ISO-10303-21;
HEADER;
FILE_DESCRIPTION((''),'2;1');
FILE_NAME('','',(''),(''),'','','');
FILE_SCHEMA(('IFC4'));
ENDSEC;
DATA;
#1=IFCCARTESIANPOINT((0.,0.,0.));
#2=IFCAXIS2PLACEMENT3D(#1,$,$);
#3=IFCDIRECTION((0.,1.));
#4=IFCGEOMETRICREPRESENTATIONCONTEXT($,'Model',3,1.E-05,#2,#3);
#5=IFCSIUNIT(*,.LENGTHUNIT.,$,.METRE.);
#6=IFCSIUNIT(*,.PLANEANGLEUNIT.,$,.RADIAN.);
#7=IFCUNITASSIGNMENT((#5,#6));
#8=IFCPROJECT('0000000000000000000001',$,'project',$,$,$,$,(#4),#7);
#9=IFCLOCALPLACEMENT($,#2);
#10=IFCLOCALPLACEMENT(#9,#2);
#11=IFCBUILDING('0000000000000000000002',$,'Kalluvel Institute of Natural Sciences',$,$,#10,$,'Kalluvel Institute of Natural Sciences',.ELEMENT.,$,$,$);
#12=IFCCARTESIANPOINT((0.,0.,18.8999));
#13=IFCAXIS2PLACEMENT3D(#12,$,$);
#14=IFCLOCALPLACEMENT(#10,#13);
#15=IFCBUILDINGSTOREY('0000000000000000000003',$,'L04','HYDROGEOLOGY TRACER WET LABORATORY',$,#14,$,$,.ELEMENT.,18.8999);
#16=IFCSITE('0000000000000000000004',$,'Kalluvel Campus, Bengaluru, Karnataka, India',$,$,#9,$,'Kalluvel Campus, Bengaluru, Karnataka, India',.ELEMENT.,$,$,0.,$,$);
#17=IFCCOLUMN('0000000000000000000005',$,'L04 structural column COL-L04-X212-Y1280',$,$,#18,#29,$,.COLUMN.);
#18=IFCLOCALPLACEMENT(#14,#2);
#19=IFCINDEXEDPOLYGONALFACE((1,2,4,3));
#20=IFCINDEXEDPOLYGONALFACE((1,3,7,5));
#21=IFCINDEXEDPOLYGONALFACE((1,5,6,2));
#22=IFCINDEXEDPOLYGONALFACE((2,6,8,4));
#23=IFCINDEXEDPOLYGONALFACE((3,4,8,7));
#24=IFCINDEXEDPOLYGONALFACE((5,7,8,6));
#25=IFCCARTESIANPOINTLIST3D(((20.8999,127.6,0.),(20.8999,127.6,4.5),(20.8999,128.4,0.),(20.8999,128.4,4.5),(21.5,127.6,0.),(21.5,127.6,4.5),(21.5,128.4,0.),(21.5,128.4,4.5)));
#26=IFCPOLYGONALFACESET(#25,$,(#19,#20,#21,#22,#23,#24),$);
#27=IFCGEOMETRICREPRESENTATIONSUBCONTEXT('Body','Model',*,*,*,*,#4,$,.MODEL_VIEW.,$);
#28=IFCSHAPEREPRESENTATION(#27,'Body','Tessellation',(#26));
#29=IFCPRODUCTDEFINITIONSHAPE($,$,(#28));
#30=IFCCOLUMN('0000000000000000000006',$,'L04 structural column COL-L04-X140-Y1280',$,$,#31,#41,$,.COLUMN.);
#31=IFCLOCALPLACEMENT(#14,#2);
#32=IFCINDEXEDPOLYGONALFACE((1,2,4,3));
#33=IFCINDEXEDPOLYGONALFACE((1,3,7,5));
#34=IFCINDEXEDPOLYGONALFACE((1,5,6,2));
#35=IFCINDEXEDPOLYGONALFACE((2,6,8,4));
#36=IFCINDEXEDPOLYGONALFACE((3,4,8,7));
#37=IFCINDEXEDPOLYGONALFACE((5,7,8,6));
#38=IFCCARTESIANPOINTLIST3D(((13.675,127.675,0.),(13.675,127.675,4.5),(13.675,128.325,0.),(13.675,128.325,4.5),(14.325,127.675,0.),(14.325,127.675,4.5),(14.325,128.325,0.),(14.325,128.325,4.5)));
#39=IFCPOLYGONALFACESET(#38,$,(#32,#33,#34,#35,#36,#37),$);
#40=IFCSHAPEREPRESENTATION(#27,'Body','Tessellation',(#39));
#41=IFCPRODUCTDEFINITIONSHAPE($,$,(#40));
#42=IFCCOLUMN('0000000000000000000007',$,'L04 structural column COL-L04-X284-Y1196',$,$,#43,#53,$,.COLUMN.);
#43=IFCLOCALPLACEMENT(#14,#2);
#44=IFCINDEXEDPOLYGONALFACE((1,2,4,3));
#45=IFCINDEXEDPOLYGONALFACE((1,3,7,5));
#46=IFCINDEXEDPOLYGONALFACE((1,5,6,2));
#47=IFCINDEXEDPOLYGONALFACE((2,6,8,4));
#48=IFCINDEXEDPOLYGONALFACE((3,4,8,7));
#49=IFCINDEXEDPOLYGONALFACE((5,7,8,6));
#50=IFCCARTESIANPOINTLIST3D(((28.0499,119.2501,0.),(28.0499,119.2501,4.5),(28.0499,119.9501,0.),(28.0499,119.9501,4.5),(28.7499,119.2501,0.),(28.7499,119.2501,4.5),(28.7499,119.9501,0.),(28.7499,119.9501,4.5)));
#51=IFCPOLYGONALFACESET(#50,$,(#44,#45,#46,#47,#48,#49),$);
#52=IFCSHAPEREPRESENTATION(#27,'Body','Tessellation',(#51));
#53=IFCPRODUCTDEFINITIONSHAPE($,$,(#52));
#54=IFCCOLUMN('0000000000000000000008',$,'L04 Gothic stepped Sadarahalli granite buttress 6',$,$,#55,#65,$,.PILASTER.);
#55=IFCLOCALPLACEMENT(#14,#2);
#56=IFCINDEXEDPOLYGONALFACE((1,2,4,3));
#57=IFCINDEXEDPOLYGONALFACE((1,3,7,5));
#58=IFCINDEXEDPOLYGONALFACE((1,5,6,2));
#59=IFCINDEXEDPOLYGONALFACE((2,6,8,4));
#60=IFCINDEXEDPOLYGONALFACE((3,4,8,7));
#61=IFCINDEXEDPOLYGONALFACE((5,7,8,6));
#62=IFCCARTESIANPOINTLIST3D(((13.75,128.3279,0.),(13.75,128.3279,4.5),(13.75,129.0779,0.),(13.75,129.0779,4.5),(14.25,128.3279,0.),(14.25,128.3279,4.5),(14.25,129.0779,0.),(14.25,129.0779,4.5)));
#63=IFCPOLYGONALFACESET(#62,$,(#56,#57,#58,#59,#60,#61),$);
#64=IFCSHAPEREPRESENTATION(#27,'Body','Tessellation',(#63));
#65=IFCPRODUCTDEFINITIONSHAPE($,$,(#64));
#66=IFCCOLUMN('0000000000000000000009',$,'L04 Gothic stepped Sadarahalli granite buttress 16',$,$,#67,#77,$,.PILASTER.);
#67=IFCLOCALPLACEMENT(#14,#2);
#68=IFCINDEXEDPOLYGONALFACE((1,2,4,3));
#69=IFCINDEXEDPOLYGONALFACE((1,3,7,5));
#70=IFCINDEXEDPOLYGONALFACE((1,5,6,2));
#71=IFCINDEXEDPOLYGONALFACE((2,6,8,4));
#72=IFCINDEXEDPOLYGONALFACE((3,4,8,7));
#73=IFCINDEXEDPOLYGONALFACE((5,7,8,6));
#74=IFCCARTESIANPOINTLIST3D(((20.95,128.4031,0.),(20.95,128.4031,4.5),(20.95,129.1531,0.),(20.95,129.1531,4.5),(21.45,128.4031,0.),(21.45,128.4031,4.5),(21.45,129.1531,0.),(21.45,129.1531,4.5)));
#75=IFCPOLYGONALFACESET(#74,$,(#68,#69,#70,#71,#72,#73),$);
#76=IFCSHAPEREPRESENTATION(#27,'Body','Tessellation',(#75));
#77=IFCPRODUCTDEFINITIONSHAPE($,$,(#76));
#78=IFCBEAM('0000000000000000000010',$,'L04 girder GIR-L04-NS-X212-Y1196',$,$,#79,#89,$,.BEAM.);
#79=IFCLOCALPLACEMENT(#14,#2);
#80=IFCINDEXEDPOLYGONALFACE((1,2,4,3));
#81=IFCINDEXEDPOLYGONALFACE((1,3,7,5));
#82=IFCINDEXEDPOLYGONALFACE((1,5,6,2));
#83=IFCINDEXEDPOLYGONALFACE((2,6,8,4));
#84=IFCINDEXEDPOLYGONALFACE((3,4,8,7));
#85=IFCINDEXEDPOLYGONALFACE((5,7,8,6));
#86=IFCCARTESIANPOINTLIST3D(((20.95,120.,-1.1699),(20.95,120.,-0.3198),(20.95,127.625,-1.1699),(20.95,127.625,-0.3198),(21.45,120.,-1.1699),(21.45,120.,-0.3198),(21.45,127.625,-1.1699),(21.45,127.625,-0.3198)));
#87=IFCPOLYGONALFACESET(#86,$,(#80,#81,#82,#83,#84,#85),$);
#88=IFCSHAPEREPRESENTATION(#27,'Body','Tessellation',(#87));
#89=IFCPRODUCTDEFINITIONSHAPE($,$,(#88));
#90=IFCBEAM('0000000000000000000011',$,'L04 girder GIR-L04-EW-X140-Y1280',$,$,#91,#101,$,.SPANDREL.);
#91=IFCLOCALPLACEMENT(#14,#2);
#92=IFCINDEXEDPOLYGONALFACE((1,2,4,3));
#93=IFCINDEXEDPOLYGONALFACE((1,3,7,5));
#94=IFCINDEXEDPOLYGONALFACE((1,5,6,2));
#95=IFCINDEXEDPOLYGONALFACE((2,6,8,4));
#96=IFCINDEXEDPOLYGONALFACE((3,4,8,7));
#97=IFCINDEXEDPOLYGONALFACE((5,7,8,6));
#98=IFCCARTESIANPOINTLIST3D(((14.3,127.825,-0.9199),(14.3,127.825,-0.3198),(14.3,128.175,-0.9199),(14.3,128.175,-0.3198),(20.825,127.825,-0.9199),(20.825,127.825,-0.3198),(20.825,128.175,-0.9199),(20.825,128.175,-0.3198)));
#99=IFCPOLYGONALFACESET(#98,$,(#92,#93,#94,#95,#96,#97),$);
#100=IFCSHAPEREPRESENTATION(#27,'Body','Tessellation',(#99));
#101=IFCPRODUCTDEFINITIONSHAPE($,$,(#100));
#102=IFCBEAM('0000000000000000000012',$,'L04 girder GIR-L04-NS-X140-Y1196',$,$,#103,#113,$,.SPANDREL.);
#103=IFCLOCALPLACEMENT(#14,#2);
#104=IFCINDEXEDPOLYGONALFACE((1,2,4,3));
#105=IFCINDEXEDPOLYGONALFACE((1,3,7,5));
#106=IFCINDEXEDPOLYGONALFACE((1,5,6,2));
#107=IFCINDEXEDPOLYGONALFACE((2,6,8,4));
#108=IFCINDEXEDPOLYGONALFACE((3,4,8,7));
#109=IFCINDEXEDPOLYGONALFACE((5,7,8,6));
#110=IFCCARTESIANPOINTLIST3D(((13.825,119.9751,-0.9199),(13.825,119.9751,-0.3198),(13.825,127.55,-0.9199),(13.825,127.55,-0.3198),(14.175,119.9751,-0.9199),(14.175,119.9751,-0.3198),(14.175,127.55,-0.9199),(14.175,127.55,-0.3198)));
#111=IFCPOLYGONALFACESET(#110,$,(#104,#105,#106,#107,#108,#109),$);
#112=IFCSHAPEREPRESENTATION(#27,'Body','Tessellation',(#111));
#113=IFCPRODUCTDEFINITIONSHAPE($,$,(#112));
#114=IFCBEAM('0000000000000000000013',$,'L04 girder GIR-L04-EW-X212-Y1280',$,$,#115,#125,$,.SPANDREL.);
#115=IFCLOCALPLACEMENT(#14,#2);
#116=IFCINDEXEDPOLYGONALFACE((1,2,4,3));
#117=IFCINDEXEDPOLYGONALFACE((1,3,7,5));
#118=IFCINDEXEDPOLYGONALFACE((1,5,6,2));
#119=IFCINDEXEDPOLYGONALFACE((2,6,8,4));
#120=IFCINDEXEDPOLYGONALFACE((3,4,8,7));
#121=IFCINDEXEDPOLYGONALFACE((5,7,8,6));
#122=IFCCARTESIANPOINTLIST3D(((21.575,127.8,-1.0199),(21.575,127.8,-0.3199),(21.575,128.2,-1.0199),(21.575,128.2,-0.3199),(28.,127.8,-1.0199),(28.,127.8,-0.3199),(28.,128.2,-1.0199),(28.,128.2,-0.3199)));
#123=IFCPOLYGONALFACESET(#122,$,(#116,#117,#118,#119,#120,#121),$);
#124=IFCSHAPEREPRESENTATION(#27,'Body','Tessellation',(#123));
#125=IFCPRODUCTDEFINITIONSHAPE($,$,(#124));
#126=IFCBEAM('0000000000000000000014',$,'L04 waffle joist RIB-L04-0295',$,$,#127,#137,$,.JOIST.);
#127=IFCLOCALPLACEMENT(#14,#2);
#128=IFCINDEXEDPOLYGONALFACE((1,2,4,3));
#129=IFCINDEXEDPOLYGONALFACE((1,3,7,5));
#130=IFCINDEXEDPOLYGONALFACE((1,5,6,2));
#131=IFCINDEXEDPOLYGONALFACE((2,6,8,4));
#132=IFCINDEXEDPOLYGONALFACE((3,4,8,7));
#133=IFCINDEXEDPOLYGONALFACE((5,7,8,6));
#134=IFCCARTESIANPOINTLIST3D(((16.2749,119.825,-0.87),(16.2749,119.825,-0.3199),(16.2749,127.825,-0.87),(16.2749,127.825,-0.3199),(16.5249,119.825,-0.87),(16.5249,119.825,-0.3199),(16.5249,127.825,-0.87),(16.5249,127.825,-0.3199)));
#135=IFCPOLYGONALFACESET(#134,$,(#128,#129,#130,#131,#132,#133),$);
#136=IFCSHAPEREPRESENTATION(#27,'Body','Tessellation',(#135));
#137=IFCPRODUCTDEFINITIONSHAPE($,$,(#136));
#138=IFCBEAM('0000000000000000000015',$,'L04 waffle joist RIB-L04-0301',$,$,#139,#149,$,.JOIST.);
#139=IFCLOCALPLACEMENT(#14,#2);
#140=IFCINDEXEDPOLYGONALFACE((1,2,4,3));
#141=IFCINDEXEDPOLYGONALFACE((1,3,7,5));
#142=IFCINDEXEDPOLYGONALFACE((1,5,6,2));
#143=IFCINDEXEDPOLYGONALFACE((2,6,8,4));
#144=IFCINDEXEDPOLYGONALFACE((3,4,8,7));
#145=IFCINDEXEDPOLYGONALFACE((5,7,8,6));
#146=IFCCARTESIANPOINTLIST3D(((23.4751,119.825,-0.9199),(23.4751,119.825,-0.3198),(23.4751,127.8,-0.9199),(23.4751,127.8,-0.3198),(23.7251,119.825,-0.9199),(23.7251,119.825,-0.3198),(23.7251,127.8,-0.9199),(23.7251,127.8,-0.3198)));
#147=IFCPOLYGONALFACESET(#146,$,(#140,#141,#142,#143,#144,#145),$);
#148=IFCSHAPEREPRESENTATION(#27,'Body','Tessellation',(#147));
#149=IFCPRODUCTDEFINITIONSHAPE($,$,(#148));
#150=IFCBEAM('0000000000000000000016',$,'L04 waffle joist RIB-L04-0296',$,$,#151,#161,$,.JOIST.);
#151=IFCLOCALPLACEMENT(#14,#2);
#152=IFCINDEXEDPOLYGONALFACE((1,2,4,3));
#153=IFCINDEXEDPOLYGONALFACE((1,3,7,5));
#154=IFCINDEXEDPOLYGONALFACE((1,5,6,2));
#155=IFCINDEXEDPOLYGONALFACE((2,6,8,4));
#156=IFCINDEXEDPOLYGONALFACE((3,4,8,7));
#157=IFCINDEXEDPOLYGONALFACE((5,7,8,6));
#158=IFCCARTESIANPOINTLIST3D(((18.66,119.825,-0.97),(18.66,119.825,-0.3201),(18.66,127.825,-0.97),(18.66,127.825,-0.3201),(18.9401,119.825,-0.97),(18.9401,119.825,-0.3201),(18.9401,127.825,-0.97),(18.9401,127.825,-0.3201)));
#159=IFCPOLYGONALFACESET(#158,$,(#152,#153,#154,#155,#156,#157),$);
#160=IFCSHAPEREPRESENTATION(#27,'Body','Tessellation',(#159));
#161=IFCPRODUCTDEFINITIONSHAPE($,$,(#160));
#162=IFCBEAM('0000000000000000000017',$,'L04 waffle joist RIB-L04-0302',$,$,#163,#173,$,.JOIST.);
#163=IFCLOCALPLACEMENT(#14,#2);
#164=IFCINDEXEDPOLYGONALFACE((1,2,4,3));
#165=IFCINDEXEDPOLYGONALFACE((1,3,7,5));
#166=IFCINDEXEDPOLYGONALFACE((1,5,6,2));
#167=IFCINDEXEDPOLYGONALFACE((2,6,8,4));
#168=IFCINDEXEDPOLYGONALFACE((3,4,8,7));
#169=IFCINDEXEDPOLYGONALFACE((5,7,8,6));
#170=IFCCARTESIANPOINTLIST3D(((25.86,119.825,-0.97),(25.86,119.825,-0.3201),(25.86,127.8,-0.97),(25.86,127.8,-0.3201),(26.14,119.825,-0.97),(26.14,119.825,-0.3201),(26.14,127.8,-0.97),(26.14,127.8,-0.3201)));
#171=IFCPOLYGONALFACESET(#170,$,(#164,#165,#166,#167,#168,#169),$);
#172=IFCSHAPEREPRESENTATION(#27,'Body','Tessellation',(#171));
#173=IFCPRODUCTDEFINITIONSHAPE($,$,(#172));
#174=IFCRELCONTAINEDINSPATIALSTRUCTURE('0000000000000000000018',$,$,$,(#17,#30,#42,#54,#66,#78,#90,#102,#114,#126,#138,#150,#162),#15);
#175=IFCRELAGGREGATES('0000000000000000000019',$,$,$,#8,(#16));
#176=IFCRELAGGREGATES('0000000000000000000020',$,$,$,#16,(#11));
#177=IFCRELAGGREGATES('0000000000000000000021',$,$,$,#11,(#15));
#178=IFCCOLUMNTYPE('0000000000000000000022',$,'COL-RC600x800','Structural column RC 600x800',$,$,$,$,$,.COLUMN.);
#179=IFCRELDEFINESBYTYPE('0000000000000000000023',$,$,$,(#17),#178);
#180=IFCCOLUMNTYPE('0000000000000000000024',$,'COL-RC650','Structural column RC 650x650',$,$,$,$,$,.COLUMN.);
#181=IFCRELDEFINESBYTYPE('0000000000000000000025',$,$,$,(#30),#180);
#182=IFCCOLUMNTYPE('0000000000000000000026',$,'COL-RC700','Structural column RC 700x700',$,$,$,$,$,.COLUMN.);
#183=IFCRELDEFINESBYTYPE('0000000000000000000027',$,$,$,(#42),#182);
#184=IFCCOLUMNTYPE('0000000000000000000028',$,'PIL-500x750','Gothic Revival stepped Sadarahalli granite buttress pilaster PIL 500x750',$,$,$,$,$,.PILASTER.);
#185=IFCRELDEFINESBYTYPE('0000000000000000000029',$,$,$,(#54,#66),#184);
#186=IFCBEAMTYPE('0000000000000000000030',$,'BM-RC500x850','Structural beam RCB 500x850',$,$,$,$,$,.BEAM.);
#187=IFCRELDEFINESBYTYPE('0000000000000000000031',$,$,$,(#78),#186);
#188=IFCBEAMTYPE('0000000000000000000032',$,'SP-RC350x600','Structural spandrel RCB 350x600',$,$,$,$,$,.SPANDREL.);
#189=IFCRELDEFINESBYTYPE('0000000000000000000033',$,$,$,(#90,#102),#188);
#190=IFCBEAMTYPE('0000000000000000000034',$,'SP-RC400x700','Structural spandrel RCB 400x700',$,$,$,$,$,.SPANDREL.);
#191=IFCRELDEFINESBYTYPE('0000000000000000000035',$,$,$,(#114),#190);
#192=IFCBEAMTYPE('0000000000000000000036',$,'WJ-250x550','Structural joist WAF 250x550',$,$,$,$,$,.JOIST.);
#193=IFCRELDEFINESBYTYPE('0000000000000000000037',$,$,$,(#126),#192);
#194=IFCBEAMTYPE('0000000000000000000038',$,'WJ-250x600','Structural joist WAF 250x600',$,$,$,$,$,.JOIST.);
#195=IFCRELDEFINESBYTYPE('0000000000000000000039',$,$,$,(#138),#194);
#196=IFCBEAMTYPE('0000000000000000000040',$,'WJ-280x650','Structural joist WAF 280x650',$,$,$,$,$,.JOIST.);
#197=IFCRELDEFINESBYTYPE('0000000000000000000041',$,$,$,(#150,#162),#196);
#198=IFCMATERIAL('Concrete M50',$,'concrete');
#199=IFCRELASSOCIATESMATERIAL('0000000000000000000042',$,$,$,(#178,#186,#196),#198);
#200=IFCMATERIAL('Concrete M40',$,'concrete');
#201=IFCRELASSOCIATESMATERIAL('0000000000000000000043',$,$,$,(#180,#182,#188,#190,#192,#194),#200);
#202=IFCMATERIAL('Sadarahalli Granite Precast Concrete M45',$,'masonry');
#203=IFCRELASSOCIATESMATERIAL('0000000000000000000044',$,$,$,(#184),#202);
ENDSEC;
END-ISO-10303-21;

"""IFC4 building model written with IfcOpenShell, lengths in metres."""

from ifc_helpers import new_model, si_unit, direction, frame, origin, origin_2d, place, context, subcontext, project, spatial, rectangle, extrude, material, material_profile, profile_set, type_object, element, save


model = new_model("IFC4")

# Units and contexts
model_context = context("Model", 3, precision=1e-05, world=origin(), true_north=direction((0.0, 1.0)))
body_context = subcontext(model_context, "Body", "Model", "MODEL_VIEW")
ifc_project = project(units=[si_unit("LENGTHUNIT", "METRE"), si_unit("PLANEANGLEUNIT", "RADIAN")], contexts=[model_context])

# Site, building, storey
site_placement = place(None, origin())
site = spatial("IfcSite", under=ifc_project, at=site_placement, Name="Kalluvel Campus, Bengaluru, Karnataka, India", LongName="Kalluvel Campus, Bengaluru, Karnataka, India", CompositionType="ELEMENT", RefElevation=0.0)
building_placement = place(site_placement, origin())
building = spatial("IfcBuilding", under=site, at=building_placement, Name="Kalluvel Institute of Natural Sciences", LongName="Kalluvel Institute of Natural Sciences", CompositionType="ELEMENT")
storey_placement = place(building_placement, frame((0.0, 0.0, 18.8999)))
storey = spatial("IfcBuildingStorey", under=building, at=storey_placement, Name="L04", Description="HYDROGEOLOGY TRACER WET LABORATORY", CompositionType="ELEMENT", Elevation=18.8999)

# Columns
ifc_material_1 = material(Name="Concrete M50", Category="concrete")
ifc_material_profile_1 = material_profile(ifc_material_1, rectangle(XDim=0.6001, YDim=0.8, at=origin_2d()), Name="RC 600x800")
ifc_profile_set_1 = profile_set([ifc_material_profile_1], Name="Concrete M50")
column_type_1 = type_object("IfcColumnType", Name="COL-RC600x800", Description="Structural column RC 600x800", PredefinedType="COLUMN", material=ifc_profile_set_1)
column_1_placement = place(storey_placement, frame((21.2, 128.0, 0.0), z_axis=(0.0, 0.0, 1.0), x_axis=(1.0, 0.0, 0.0)))
element("IfcColumn", 1, at=column_1_placement, inside=storey, type_object=column_type_1, Name="L04 structural column COL-L04-X212-Y1280", PredefinedType="COLUMN", context=body_context, shape_type="SweptSolid", body=[
    extrude(rectangle(XDim=0.6001, YDim=0.8, at=origin_2d()), origin(), (0.0, 0.0, 1.0), 4.5),
])
ifc_material_2 = material(Name="Concrete M40", Category="concrete")
ifc_material_profile_2 = material_profile(ifc_material_2, rectangle(XDim=0.6499, YDim=0.6499, at=origin_2d()), Name="RC 650x650")
ifc_profile_set_2 = profile_set([ifc_material_profile_2], Name="Concrete M40")
column_type_2 = type_object("IfcColumnType", Name="COL-RC650", Description="Structural column RC 650x650", PredefinedType="COLUMN", material=ifc_profile_set_2)
column_2_placement = place(storey_placement, frame((14.0, 128.0, 0.0), z_axis=(0.0, 0.0, 1.0), x_axis=(1.0, 0.0, 0.0)))
element("IfcColumn", 2, at=column_2_placement, inside=storey, type_object=column_type_2, Name="L04 structural column COL-L04-X140-Y1280", PredefinedType="COLUMN", context=body_context, shape_type="SweptSolid", body=[
    extrude(rectangle(XDim=0.6499, YDim=0.6499, at=origin_2d()), origin(), (0.0, 0.0, 1.0), 4.5),
])
ifc_material_profile_3 = material_profile(ifc_material_2, rectangle(XDim=0.7, YDim=0.7, at=origin_2d()), Name="RC 700x700")
ifc_profile_set_3 = profile_set([ifc_material_profile_3], Name="Concrete M40")
column_type_3 = type_object("IfcColumnType", Name="COL-RC700", Description="Structural column RC 700x700", PredefinedType="COLUMN", material=ifc_profile_set_3)
column_3_placement = place(storey_placement, frame((28.3999, 119.6001, 0.0), z_axis=(0.0, 0.0, 1.0), x_axis=(1.0, 0.0, 0.0)))
element("IfcColumn", 3, at=column_3_placement, inside=storey, type_object=column_type_3, Name="L04 structural column COL-L04-X284-Y1196", PredefinedType="COLUMN", context=body_context, shape_type="SweptSolid", body=[
    extrude(rectangle(XDim=0.7, YDim=0.7, at=origin_2d()), origin(), (0.0, 0.0, 1.0), 4.5),
])
ifc_material_3 = material(Name="Sadarahalli Granite Precast Concrete M45", Category="masonry")
ifc_material_profile_4 = material_profile(ifc_material_3, rectangle(XDim=0.5, YDim=0.75, at=origin_2d()), Name="PIL 500x750")
ifc_profile_set_4 = profile_set([ifc_material_profile_4], Name="Sadarahalli Granite Precast Concrete M45")
column_type_4 = type_object("IfcColumnType", Name="PIL-500x750", Description="Gothic Revival stepped Sadarahalli granite buttress pilaster PIL 500x750", PredefinedType="PILASTER", material=ifc_profile_set_4)
for number, where, z_axis, x_axis, name in (
    (4, (14.0, 128.7029, 0.0), (0.0, 0.0, 1.0), (1.0, 0.0, 0.0), "L04 Gothic stepped Sadarahalli granite buttress 6"),
    (5, (21.2, 128.7781, 0.0), (0.0, 0.0, 1.0), (1.0, 0.0, 0.0), "L04 Gothic stepped Sadarahalli granite buttress 16"),
):
    element("IfcColumn", number, at=place(storey_placement, frame(where, z_axis=z_axis, x_axis=x_axis)), inside=storey, type_object=column_type_4, Name=name, PredefinedType="PILASTER", context=body_context, shape_type="SweptSolid", body=[
        extrude(rectangle(XDim=0.5, YDim=0.75, at=origin_2d()), origin(), (0.0, 0.0, 1.0), 4.5),
    ])

# Beams
ifc_material_profile_5 = material_profile(ifc_material_1, rectangle(XDim=0.5, YDim=0.8501, at=origin_2d()), Name="RCB 500x850")
ifc_profile_set_5 = profile_set([ifc_material_profile_5], Name="Concrete M50")
beam_type_1 = type_object("IfcBeamType", Name="BM-RC500x850", Description="Structural beam RCB 500x850", PredefinedType="BEAM", material=ifc_profile_set_5)
beam_1_placement = place(storey_placement, frame((21.2, 120.0, -0.7449), z_axis=(0.0, 1.0, 0.0), x_axis=(-1.0, 0.0, 0.0)))
element("IfcBeam", 6, at=beam_1_placement, inside=storey, type_object=beam_type_1, Name="L04 girder GIR-L04-NS-X212-Y1196", PredefinedType="BEAM", context=body_context, shape_type="SweptSolid", body=[
    extrude(rectangle(XDim=0.5, YDim=0.8501, at=origin_2d()), origin(), (0.0, 0.0, 1.0), 7.625),
])
ifc_material_profile_6 = material_profile(ifc_material_2, rectangle(XDim=0.3501, YDim=0.6001, at=origin_2d()), Name="RCB 350x600")
ifc_profile_set_6 = profile_set([ifc_material_profile_6], Name="Concrete M40")
beam_type_2 = type_object("IfcBeamType", Name="SP-RC350x600", Description="Structural spandrel RCB 350x600", PredefinedType="SPANDREL", material=ifc_profile_set_6)
beam_2_placement = place(storey_placement, frame((14.3, 128.0, -0.6199), z_axis=(1.0, 0.0, 0.0), x_axis=(0.0, 1.0, 0.0)))
element("IfcBeam", 7, at=beam_2_placement, inside=storey, type_object=beam_type_2, Name="L04 girder GIR-L04-EW-X140-Y1280", PredefinedType="SPANDREL", context=body_context, shape_type="SweptSolid", body=[
    extrude(rectangle(XDim=0.3501, YDim=0.6001, at=origin_2d()), origin(), (0.0, 0.0, 1.0), 6.5249),
])
beam_3_placement = place(storey_placement, frame((14.0, 119.9751, -0.6199), z_axis=(0.0, 1.0, 0.0), x_axis=(-1.0, 0.0, 0.0)))
element("IfcBeam", 8, at=beam_3_placement, inside=storey, type_object=beam_type_2, Name="L04 girder GIR-L04-NS-X140-Y1196", PredefinedType="SPANDREL", context=body_context, shape_type="SweptSolid", body=[
    extrude(rectangle(XDim=0.3501, YDim=0.6001, at=origin_2d()), origin(), (0.0, 0.0, 1.0), 7.575),
])
ifc_material_profile_7 = material_profile(ifc_material_2, rectangle(XDim=0.3999, YDim=0.7, at=origin_2d()), Name="RCB 400x700")
ifc_profile_set_7 = profile_set([ifc_material_profile_7], Name="Concrete M40")
beam_type_3 = type_object("IfcBeamType", Name="SP-RC400x700", Description="Structural spandrel RCB 400x700", PredefinedType="SPANDREL", material=ifc_profile_set_7)
beam_4_placement = place(storey_placement, frame((21.575, 128.0, -0.6699), z_axis=(1.0, 0.0, 0.0), x_axis=(0.0, 1.0, 0.0)))
element("IfcBeam", 9, at=beam_4_placement, inside=storey, type_object=beam_type_3, Name="L04 girder GIR-L04-EW-X212-Y1280", PredefinedType="SPANDREL", context=body_context, shape_type="SweptSolid", body=[
    extrude(rectangle(XDim=0.3999, YDim=0.7, at=origin_2d()), origin(), (0.0, 0.0, 1.0), 6.425),
])
ifc_material_profile_8 = material_profile(ifc_material_2, rectangle(XDim=0.25, YDim=0.55, at=origin_2d()), Name="WAF 250x550")
ifc_profile_set_8 = profile_set([ifc_material_profile_8], Name="Concrete M40")
beam_type_4 = type_object("IfcBeamType", Name="WJ-250x550", Description="Structural joist WAF 250x550", PredefinedType="JOIST", material=ifc_profile_set_8)
beam_5_placement = place(storey_placement, frame((16.3999, 119.825, -0.595), z_axis=(0.0, 1.0, 0.0), x_axis=(-1.0, 0.0, 0.0)))
element("IfcBeam", 10, at=beam_5_placement, inside=storey, type_object=beam_type_4, Name="L04 waffle joist RIB-L04-0295", PredefinedType="JOIST", context=body_context, shape_type="SweptSolid", body=[
    extrude(rectangle(XDim=0.25, YDim=0.55, at=origin_2d()), origin(), (0.0, 0.0, 1.0), 8.0),
])
ifc_material_profile_9 = material_profile(ifc_material_2, rectangle(XDim=0.25, YDim=0.6001, at=origin_2d()), Name="WAF 250x600")
ifc_profile_set_9 = profile_set([ifc_material_profile_9], Name="Concrete M40")
beam_type_5 = type_object("IfcBeamType", Name="WJ-250x600", Description="Structural joist WAF 250x600", PredefinedType="JOIST", material=ifc_profile_set_9)
beam_6_placement = place(storey_placement, frame((23.6001, 119.825, -0.6199), z_axis=(0.0, 1.0, 0.0), x_axis=(-1.0, 0.0, 0.0)))
element("IfcBeam", 11, at=beam_6_placement, inside=storey, type_object=beam_type_5, Name="L04 waffle joist RIB-L04-0301", PredefinedType="JOIST", context=body_context, shape_type="SweptSolid", body=[
    extrude(rectangle(XDim=0.25, YDim=0.6001, at=origin_2d()), origin(), (0.0, 0.0, 1.0), 7.9751),
])
ifc_material_profile_10 = material_profile(ifc_material_1, rectangle(XDim=0.28, YDim=0.6499, at=origin_2d()), Name="WAF 280x650")
ifc_profile_set_10 = profile_set([ifc_material_profile_10], Name="Concrete M50")
beam_type_6 = type_object("IfcBeamType", Name="WJ-280x650", Description="Structural joist WAF 280x650", PredefinedType="JOIST", material=ifc_profile_set_10)
beam_7_placement = place(storey_placement, frame((18.8, 119.825, -0.645), z_axis=(0.0, 1.0, 0.0), x_axis=(-1.0, 0.0, 0.0)))
element("IfcBeam", 12, at=beam_7_placement, inside=storey, type_object=beam_type_6, Name="L04 waffle joist RIB-L04-0296", PredefinedType="JOIST", context=body_context, shape_type="SweptSolid", body=[
    extrude(rectangle(XDim=0.28, YDim=0.6499, at=origin_2d()), origin(), (0.0, 0.0, 1.0), 8.0),
])
beam_8_placement = place(storey_placement, frame((26.0, 119.825, -0.645), z_axis=(0.0, 1.0, 0.0), x_axis=(-1.0, 0.0, 0.0)))
element("IfcBeam", 13, at=beam_8_placement, inside=storey, type_object=beam_type_6, Name="L04 waffle joist RIB-L04-0302", PredefinedType="JOIST", context=body_context, shape_type="SweptSolid", body=[
    extrude(rectangle(XDim=0.28, YDim=0.6499, at=origin_2d()), origin(), (0.0, 0.0, 1.0), 7.9751),
])

save(model, "model.ifc")
